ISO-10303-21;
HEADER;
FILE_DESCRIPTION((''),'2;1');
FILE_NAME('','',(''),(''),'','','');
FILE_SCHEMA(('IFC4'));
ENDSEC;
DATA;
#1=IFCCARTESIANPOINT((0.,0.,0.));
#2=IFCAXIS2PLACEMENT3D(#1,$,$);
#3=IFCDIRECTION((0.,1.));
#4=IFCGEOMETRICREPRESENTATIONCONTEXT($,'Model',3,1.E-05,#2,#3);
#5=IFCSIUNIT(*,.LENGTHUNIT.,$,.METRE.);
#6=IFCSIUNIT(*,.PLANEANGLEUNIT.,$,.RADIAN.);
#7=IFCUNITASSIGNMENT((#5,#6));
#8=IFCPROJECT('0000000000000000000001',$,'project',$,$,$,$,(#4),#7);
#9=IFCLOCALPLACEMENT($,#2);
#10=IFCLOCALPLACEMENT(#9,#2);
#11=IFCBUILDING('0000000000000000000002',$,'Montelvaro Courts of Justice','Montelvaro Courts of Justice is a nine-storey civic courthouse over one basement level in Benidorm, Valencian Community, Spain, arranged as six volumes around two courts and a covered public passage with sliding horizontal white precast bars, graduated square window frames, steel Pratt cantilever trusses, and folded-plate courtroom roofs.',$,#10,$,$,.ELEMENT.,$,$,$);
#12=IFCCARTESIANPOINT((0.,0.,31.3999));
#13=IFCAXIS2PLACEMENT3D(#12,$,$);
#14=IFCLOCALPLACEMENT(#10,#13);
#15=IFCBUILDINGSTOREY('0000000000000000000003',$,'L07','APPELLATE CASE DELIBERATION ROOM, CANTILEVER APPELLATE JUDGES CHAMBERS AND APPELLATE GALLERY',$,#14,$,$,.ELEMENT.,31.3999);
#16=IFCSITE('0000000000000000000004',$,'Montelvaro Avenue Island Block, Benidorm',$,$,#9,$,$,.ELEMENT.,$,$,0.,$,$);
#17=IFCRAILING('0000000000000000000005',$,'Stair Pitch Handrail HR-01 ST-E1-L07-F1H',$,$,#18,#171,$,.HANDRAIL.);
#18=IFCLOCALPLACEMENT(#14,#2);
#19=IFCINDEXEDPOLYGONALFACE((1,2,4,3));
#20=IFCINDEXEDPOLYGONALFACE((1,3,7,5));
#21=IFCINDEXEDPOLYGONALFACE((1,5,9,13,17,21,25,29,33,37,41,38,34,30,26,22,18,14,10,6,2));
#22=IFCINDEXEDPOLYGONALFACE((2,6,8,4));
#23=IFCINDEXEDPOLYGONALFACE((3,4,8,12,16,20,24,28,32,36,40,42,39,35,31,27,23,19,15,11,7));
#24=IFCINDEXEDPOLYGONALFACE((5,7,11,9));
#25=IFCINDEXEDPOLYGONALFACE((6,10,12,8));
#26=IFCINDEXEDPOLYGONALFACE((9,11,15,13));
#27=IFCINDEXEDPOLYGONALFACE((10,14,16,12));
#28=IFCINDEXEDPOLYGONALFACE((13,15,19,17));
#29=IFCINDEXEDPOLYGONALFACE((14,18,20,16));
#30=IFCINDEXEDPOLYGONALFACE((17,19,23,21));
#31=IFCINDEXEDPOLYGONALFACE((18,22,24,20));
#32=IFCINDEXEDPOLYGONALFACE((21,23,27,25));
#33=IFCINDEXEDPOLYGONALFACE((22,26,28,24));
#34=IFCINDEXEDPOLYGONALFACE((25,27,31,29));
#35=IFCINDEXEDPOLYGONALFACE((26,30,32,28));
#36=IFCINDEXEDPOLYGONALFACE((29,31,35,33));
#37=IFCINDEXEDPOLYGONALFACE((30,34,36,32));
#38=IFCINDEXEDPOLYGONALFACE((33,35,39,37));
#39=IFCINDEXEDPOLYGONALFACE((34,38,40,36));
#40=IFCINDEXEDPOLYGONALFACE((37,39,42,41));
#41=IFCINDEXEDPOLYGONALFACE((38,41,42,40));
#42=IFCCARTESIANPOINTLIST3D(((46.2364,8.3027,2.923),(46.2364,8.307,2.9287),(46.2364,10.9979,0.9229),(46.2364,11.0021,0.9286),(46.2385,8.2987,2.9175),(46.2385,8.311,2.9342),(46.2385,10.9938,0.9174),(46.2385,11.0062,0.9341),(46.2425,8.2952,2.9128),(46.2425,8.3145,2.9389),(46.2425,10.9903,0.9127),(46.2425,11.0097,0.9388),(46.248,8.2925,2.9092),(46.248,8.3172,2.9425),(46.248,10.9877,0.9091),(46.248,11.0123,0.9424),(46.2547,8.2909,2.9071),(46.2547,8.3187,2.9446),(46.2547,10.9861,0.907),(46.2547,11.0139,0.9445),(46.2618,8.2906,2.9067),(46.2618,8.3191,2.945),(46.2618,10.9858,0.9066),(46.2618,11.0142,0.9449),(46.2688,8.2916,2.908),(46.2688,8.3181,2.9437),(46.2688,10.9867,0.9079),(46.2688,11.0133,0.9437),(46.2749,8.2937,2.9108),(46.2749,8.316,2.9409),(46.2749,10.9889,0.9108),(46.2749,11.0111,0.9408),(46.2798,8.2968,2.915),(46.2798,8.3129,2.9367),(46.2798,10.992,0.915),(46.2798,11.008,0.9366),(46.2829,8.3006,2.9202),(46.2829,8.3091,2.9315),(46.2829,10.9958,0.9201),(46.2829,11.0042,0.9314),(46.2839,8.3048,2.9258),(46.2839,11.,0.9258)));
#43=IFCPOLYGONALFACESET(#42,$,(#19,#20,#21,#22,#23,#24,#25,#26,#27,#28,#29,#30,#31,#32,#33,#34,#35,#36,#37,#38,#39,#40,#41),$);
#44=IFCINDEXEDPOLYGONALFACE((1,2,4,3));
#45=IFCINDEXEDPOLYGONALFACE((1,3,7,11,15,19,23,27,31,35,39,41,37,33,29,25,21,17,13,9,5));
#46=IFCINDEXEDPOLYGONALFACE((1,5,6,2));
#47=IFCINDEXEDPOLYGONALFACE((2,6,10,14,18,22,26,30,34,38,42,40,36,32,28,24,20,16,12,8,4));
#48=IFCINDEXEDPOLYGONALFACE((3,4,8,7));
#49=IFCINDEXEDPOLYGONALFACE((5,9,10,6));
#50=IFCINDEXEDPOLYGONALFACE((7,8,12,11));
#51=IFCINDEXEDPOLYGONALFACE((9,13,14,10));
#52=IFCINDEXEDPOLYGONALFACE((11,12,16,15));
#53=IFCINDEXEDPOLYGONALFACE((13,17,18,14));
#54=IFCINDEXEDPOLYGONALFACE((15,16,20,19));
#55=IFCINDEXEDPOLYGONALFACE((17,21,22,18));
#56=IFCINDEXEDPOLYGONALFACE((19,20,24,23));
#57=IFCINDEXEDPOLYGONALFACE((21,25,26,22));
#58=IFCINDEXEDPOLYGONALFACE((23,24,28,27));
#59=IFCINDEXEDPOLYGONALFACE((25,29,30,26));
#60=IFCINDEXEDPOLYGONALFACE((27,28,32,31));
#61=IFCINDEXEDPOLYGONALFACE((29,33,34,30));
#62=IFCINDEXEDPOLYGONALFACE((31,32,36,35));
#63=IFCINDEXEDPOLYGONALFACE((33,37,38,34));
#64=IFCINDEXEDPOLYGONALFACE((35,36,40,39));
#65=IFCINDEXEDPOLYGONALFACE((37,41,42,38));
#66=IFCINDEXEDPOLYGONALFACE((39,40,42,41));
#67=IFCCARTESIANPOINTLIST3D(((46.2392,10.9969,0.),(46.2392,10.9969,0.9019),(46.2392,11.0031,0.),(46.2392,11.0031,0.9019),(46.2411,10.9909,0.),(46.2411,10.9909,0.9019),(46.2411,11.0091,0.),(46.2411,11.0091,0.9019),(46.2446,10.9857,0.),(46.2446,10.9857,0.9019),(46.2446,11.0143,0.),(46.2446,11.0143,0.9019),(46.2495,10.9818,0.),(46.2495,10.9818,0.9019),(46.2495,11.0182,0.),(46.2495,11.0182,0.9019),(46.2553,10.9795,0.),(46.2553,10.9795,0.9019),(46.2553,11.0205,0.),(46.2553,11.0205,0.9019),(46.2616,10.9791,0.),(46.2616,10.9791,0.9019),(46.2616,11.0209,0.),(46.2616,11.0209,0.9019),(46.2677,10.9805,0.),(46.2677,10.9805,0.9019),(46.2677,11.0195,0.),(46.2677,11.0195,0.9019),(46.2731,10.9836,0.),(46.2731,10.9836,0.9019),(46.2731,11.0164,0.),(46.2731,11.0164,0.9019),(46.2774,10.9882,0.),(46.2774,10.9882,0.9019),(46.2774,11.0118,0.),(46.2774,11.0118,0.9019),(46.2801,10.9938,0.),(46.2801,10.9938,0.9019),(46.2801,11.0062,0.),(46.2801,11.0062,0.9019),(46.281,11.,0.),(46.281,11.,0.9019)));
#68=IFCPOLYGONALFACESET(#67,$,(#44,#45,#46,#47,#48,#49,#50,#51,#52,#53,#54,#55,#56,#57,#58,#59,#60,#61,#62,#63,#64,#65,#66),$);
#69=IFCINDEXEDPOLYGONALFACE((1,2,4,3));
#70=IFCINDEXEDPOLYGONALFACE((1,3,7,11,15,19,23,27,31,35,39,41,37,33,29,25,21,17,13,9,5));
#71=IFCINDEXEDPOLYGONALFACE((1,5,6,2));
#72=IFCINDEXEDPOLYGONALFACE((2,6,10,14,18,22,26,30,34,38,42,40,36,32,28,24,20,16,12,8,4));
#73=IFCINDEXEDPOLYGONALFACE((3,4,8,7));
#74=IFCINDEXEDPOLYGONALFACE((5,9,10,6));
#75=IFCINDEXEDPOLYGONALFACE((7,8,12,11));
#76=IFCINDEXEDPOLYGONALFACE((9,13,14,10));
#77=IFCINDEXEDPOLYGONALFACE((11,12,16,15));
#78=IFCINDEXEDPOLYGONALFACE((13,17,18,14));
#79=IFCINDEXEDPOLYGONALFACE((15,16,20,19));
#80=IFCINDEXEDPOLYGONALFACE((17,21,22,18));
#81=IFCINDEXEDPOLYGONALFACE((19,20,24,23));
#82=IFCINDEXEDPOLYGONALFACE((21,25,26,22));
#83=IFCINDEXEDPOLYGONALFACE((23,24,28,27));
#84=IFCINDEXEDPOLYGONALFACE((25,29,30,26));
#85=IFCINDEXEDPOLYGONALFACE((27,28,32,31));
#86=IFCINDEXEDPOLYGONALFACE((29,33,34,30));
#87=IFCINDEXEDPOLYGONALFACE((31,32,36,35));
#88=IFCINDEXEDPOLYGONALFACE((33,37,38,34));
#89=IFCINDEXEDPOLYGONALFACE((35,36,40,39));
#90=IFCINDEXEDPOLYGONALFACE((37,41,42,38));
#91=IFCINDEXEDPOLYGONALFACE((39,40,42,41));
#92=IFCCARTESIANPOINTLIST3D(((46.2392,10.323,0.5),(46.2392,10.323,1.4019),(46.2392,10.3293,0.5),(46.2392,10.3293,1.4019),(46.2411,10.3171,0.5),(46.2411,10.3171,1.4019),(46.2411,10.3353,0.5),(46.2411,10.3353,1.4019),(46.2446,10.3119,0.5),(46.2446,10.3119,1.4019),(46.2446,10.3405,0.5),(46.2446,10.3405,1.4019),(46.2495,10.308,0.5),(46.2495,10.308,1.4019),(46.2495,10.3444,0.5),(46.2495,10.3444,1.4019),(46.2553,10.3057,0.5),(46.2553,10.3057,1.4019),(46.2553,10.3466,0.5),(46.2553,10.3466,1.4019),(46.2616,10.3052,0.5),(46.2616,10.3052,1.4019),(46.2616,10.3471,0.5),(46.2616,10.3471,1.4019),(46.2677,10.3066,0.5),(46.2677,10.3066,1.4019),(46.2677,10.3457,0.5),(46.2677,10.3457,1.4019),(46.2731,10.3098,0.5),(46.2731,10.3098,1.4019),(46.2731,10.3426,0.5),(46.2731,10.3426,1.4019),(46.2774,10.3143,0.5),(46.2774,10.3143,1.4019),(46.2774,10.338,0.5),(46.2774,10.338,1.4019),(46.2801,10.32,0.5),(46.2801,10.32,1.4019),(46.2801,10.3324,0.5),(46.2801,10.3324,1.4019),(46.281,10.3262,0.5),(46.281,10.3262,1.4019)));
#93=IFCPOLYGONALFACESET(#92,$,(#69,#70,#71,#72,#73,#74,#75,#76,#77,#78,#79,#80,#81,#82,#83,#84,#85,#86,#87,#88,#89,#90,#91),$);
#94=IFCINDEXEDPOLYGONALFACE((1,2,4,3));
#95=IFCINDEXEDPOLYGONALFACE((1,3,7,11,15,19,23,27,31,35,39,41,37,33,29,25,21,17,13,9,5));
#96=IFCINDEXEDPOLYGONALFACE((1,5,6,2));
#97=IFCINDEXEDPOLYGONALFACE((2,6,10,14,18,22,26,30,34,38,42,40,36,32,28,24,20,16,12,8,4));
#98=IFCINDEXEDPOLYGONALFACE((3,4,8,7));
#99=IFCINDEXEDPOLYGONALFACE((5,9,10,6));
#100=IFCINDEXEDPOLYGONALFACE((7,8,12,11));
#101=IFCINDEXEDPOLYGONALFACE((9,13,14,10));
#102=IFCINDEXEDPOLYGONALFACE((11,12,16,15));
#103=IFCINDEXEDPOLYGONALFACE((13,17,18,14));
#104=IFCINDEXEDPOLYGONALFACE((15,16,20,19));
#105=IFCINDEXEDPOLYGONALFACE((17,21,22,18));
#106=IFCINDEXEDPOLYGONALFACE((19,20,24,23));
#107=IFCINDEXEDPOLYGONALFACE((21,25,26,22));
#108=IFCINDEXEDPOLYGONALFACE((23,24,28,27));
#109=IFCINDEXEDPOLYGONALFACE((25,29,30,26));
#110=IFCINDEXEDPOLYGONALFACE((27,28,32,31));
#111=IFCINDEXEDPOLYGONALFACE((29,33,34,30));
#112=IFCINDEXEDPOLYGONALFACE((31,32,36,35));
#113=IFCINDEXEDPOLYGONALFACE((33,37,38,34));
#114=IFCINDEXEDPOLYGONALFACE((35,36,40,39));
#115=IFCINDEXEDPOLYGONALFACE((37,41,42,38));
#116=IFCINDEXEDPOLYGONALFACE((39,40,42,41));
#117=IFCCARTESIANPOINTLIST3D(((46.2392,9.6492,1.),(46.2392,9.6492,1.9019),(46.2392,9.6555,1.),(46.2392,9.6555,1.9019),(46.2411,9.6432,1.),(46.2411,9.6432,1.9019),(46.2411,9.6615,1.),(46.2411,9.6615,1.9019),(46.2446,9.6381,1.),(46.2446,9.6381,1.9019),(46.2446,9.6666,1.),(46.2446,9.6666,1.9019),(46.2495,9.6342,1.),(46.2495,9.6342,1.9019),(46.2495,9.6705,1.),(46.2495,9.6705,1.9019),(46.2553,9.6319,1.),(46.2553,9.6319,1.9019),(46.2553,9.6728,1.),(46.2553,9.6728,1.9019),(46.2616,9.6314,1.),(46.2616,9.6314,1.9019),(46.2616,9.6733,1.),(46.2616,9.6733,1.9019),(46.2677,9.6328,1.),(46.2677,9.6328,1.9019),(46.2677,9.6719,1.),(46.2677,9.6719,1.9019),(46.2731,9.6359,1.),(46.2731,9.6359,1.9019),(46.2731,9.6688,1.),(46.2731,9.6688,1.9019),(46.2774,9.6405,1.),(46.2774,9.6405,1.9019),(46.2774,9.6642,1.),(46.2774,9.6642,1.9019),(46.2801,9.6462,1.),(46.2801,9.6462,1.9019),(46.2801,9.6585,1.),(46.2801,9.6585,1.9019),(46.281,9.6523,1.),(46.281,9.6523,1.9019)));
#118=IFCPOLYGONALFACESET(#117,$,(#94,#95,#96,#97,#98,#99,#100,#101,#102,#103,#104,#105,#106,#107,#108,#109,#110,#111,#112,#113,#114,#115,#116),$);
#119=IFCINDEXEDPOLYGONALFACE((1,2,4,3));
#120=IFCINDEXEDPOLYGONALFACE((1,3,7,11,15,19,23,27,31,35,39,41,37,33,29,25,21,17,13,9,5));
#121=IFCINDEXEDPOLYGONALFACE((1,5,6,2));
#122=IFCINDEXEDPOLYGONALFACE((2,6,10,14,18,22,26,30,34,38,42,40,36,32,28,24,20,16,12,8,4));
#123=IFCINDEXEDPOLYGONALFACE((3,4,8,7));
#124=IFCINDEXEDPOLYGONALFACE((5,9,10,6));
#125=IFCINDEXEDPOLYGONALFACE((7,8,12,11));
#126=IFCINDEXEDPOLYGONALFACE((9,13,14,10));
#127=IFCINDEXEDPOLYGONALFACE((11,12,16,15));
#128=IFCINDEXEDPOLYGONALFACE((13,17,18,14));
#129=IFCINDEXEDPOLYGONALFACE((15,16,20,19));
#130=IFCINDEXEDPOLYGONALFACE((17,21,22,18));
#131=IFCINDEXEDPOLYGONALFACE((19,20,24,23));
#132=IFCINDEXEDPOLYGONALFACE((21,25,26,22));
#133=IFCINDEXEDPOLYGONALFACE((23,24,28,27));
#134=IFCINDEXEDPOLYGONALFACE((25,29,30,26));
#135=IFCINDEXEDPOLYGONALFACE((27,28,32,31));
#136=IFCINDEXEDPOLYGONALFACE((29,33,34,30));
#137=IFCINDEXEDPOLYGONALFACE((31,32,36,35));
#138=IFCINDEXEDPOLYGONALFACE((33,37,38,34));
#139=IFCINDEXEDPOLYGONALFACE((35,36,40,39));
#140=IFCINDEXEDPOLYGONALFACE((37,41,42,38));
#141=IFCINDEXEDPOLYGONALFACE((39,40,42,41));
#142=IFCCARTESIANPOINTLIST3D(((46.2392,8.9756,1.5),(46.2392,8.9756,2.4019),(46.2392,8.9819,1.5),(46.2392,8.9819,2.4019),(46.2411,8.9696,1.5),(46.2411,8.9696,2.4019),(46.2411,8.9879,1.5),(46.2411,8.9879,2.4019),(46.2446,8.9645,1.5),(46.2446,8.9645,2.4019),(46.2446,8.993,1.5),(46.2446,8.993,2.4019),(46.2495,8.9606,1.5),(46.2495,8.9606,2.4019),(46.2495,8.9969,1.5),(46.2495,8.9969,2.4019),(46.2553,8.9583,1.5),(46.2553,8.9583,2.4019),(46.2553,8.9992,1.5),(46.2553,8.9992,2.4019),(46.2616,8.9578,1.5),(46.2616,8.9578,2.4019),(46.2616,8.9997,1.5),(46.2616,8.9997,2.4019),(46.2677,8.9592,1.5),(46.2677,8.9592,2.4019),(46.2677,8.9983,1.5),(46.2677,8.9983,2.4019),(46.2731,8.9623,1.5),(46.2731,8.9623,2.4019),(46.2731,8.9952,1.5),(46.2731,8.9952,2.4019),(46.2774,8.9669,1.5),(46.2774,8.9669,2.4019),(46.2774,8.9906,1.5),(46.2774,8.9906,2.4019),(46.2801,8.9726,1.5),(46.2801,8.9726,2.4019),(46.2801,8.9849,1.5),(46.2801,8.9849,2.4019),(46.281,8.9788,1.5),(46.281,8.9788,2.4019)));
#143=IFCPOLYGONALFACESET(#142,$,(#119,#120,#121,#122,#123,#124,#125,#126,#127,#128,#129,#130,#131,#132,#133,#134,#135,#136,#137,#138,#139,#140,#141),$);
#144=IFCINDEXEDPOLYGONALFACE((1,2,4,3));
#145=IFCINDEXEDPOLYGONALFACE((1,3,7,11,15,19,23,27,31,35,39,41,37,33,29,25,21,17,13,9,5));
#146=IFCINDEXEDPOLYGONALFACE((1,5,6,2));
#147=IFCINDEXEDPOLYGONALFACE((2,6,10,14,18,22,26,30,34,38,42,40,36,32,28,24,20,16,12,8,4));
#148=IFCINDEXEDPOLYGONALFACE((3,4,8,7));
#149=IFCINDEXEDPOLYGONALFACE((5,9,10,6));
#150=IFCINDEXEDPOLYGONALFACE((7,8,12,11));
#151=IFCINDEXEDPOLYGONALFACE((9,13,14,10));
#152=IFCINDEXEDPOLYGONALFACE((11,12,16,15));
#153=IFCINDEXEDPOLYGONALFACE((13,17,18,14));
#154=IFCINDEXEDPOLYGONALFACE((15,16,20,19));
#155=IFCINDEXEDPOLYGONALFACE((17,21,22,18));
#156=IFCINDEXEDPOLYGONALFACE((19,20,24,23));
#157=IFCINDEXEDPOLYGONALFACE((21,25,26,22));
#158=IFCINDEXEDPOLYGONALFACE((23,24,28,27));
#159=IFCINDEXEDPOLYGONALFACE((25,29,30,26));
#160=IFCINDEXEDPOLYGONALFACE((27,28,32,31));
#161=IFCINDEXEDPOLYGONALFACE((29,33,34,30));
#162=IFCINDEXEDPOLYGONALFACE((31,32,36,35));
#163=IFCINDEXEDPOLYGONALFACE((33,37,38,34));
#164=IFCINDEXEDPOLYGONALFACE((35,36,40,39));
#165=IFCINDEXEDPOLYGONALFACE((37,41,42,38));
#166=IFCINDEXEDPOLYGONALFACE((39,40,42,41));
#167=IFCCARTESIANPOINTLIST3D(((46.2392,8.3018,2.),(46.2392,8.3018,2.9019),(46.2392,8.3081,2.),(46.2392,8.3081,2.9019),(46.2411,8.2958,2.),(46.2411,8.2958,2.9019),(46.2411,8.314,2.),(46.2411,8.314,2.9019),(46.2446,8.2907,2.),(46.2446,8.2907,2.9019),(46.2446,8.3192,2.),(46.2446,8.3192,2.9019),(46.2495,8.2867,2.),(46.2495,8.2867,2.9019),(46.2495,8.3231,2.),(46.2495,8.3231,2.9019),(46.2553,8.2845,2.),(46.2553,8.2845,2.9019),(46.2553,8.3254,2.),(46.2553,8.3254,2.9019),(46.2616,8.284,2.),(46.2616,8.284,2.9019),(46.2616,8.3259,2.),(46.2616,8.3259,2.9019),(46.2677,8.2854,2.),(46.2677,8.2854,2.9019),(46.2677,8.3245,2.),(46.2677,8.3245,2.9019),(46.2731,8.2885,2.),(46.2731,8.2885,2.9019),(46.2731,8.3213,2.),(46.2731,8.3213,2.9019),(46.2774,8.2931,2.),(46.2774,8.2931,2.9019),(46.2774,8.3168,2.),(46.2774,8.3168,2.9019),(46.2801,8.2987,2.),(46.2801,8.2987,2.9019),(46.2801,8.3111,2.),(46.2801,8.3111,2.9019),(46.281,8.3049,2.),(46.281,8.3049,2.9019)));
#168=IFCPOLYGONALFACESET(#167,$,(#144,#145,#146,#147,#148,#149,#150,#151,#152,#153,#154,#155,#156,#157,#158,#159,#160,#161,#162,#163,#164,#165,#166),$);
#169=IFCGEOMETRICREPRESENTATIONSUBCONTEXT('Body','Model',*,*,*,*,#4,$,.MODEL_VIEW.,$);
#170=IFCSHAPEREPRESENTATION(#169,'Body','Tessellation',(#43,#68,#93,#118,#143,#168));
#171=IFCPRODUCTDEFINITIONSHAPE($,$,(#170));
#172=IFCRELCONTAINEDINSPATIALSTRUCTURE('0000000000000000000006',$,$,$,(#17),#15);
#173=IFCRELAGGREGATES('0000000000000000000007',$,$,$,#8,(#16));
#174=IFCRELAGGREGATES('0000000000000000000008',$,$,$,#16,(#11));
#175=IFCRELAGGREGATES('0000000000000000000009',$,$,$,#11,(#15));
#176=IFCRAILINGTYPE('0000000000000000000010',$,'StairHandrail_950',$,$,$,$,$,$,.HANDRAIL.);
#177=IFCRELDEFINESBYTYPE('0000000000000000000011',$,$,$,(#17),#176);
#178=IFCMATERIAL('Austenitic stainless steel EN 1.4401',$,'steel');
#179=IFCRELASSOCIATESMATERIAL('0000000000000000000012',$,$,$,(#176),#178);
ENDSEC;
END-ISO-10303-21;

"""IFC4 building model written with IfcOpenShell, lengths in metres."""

from ifc_helpers import new_model, si_unit, direction, frame, origin, origin_2d, place, context, subcontext, project, spatial, circle, extrude, material, type_object, element, save


model = new_model("IFC4")

# Units and contexts
model_context = context("Model", 3, precision=1e-05, world=origin(), true_north=direction((0.0, 1.0)))
body_context = subcontext(model_context, "Body", "Model", "MODEL_VIEW")
ifc_project = project(units=[si_unit("LENGTHUNIT", "METRE"), si_unit("PLANEANGLEUNIT", "RADIAN")], contexts=[model_context])

# Site, building, storey
site_placement = place(None, origin())
site = spatial("IfcSite", under=ifc_project, at=site_placement, Name="Montelvaro Avenue Island Block, Benidorm", CompositionType="ELEMENT", RefElevation=0.0)
building_placement = place(site_placement, origin())
building = spatial("IfcBuilding", under=site, at=building_placement, Name="Montelvaro Courts of Justice", Description="Montelvaro Courts of Justice is a nine-storey civic courthouse over one basement level in Benidorm, Valencian Community, Spain, arranged as six volumes around two courts and a covered public passage with sliding horizontal white precast bars, graduated square window frames, steel Pratt cantilever trusses, and folded-plate courtroom roofs.", CompositionType="ELEMENT")
storey_placement = place(building_placement, frame((0.0, 0.0, 31.3999)))
storey = spatial("IfcBuildingStorey", under=building, at=storey_placement, Name="L07", Description="APPELLATE CASE DELIBERATION ROOM, CANTILEVER APPELLATE JUDGES CHAMBERS AND APPELLATE GALLERY", CompositionType="ELEMENT", Elevation=31.3999)

# Railing
ifc_material_1 = material(Name="Austenitic stainless steel EN 1.4401", Category="steel")
railing_type_1 = type_object("IfcRailingType", Name="StairHandrail_950", PredefinedType="HANDRAIL", material=ifc_material_1)
railing_1_placement = place(storey_placement, frame((46.26, 11.0, 0.0)))
element("IfcRailing", 1, at=railing_1_placement, inside=storey, type_object=railing_type_1, Name="Stair Pitch Handrail HR-01 ST-E1-L07-F1H", PredefinedType="HANDRAIL", context=body_context, shape_type="SweptSolid", body=[
    extrude(circle(Radius=0.0239, at=origin_2d()), frame((0.0, 0.0, 0.9258), z_axis=(0.0, -0.803036, 0.59593), x_axis=(1.0, 0.0, 0.0)), (0.0, 0.0, 1.0), 3.3562),
    extrude(circle(Radius=0.021, at=origin_2d()), origin(), (0.0, 0.0, 1.0), 0.9019),
    extrude(circle(Radius=0.021, at=origin_2d()), frame((0.0, -0.6738, 0.5)), (0.0, 0.0, 1.0), 0.9019),
    extrude(circle(Radius=0.021, at=origin_2d()), frame((0.0, -1.3477, 1.0)), (0.0, 0.0, 1.0), 0.9019),
    extrude(circle(Radius=0.021, at=origin_2d()), frame((0.0, -2.0212, 1.5)), (0.0, 0.0, 1.0), 0.9019),
    extrude(circle(Radius=0.021, at=origin_2d()), frame((0.0, -2.6951, 2.0)), (0.0, 0.0, 1.0), 0.9019),
])

save(model, "model.ifc")
